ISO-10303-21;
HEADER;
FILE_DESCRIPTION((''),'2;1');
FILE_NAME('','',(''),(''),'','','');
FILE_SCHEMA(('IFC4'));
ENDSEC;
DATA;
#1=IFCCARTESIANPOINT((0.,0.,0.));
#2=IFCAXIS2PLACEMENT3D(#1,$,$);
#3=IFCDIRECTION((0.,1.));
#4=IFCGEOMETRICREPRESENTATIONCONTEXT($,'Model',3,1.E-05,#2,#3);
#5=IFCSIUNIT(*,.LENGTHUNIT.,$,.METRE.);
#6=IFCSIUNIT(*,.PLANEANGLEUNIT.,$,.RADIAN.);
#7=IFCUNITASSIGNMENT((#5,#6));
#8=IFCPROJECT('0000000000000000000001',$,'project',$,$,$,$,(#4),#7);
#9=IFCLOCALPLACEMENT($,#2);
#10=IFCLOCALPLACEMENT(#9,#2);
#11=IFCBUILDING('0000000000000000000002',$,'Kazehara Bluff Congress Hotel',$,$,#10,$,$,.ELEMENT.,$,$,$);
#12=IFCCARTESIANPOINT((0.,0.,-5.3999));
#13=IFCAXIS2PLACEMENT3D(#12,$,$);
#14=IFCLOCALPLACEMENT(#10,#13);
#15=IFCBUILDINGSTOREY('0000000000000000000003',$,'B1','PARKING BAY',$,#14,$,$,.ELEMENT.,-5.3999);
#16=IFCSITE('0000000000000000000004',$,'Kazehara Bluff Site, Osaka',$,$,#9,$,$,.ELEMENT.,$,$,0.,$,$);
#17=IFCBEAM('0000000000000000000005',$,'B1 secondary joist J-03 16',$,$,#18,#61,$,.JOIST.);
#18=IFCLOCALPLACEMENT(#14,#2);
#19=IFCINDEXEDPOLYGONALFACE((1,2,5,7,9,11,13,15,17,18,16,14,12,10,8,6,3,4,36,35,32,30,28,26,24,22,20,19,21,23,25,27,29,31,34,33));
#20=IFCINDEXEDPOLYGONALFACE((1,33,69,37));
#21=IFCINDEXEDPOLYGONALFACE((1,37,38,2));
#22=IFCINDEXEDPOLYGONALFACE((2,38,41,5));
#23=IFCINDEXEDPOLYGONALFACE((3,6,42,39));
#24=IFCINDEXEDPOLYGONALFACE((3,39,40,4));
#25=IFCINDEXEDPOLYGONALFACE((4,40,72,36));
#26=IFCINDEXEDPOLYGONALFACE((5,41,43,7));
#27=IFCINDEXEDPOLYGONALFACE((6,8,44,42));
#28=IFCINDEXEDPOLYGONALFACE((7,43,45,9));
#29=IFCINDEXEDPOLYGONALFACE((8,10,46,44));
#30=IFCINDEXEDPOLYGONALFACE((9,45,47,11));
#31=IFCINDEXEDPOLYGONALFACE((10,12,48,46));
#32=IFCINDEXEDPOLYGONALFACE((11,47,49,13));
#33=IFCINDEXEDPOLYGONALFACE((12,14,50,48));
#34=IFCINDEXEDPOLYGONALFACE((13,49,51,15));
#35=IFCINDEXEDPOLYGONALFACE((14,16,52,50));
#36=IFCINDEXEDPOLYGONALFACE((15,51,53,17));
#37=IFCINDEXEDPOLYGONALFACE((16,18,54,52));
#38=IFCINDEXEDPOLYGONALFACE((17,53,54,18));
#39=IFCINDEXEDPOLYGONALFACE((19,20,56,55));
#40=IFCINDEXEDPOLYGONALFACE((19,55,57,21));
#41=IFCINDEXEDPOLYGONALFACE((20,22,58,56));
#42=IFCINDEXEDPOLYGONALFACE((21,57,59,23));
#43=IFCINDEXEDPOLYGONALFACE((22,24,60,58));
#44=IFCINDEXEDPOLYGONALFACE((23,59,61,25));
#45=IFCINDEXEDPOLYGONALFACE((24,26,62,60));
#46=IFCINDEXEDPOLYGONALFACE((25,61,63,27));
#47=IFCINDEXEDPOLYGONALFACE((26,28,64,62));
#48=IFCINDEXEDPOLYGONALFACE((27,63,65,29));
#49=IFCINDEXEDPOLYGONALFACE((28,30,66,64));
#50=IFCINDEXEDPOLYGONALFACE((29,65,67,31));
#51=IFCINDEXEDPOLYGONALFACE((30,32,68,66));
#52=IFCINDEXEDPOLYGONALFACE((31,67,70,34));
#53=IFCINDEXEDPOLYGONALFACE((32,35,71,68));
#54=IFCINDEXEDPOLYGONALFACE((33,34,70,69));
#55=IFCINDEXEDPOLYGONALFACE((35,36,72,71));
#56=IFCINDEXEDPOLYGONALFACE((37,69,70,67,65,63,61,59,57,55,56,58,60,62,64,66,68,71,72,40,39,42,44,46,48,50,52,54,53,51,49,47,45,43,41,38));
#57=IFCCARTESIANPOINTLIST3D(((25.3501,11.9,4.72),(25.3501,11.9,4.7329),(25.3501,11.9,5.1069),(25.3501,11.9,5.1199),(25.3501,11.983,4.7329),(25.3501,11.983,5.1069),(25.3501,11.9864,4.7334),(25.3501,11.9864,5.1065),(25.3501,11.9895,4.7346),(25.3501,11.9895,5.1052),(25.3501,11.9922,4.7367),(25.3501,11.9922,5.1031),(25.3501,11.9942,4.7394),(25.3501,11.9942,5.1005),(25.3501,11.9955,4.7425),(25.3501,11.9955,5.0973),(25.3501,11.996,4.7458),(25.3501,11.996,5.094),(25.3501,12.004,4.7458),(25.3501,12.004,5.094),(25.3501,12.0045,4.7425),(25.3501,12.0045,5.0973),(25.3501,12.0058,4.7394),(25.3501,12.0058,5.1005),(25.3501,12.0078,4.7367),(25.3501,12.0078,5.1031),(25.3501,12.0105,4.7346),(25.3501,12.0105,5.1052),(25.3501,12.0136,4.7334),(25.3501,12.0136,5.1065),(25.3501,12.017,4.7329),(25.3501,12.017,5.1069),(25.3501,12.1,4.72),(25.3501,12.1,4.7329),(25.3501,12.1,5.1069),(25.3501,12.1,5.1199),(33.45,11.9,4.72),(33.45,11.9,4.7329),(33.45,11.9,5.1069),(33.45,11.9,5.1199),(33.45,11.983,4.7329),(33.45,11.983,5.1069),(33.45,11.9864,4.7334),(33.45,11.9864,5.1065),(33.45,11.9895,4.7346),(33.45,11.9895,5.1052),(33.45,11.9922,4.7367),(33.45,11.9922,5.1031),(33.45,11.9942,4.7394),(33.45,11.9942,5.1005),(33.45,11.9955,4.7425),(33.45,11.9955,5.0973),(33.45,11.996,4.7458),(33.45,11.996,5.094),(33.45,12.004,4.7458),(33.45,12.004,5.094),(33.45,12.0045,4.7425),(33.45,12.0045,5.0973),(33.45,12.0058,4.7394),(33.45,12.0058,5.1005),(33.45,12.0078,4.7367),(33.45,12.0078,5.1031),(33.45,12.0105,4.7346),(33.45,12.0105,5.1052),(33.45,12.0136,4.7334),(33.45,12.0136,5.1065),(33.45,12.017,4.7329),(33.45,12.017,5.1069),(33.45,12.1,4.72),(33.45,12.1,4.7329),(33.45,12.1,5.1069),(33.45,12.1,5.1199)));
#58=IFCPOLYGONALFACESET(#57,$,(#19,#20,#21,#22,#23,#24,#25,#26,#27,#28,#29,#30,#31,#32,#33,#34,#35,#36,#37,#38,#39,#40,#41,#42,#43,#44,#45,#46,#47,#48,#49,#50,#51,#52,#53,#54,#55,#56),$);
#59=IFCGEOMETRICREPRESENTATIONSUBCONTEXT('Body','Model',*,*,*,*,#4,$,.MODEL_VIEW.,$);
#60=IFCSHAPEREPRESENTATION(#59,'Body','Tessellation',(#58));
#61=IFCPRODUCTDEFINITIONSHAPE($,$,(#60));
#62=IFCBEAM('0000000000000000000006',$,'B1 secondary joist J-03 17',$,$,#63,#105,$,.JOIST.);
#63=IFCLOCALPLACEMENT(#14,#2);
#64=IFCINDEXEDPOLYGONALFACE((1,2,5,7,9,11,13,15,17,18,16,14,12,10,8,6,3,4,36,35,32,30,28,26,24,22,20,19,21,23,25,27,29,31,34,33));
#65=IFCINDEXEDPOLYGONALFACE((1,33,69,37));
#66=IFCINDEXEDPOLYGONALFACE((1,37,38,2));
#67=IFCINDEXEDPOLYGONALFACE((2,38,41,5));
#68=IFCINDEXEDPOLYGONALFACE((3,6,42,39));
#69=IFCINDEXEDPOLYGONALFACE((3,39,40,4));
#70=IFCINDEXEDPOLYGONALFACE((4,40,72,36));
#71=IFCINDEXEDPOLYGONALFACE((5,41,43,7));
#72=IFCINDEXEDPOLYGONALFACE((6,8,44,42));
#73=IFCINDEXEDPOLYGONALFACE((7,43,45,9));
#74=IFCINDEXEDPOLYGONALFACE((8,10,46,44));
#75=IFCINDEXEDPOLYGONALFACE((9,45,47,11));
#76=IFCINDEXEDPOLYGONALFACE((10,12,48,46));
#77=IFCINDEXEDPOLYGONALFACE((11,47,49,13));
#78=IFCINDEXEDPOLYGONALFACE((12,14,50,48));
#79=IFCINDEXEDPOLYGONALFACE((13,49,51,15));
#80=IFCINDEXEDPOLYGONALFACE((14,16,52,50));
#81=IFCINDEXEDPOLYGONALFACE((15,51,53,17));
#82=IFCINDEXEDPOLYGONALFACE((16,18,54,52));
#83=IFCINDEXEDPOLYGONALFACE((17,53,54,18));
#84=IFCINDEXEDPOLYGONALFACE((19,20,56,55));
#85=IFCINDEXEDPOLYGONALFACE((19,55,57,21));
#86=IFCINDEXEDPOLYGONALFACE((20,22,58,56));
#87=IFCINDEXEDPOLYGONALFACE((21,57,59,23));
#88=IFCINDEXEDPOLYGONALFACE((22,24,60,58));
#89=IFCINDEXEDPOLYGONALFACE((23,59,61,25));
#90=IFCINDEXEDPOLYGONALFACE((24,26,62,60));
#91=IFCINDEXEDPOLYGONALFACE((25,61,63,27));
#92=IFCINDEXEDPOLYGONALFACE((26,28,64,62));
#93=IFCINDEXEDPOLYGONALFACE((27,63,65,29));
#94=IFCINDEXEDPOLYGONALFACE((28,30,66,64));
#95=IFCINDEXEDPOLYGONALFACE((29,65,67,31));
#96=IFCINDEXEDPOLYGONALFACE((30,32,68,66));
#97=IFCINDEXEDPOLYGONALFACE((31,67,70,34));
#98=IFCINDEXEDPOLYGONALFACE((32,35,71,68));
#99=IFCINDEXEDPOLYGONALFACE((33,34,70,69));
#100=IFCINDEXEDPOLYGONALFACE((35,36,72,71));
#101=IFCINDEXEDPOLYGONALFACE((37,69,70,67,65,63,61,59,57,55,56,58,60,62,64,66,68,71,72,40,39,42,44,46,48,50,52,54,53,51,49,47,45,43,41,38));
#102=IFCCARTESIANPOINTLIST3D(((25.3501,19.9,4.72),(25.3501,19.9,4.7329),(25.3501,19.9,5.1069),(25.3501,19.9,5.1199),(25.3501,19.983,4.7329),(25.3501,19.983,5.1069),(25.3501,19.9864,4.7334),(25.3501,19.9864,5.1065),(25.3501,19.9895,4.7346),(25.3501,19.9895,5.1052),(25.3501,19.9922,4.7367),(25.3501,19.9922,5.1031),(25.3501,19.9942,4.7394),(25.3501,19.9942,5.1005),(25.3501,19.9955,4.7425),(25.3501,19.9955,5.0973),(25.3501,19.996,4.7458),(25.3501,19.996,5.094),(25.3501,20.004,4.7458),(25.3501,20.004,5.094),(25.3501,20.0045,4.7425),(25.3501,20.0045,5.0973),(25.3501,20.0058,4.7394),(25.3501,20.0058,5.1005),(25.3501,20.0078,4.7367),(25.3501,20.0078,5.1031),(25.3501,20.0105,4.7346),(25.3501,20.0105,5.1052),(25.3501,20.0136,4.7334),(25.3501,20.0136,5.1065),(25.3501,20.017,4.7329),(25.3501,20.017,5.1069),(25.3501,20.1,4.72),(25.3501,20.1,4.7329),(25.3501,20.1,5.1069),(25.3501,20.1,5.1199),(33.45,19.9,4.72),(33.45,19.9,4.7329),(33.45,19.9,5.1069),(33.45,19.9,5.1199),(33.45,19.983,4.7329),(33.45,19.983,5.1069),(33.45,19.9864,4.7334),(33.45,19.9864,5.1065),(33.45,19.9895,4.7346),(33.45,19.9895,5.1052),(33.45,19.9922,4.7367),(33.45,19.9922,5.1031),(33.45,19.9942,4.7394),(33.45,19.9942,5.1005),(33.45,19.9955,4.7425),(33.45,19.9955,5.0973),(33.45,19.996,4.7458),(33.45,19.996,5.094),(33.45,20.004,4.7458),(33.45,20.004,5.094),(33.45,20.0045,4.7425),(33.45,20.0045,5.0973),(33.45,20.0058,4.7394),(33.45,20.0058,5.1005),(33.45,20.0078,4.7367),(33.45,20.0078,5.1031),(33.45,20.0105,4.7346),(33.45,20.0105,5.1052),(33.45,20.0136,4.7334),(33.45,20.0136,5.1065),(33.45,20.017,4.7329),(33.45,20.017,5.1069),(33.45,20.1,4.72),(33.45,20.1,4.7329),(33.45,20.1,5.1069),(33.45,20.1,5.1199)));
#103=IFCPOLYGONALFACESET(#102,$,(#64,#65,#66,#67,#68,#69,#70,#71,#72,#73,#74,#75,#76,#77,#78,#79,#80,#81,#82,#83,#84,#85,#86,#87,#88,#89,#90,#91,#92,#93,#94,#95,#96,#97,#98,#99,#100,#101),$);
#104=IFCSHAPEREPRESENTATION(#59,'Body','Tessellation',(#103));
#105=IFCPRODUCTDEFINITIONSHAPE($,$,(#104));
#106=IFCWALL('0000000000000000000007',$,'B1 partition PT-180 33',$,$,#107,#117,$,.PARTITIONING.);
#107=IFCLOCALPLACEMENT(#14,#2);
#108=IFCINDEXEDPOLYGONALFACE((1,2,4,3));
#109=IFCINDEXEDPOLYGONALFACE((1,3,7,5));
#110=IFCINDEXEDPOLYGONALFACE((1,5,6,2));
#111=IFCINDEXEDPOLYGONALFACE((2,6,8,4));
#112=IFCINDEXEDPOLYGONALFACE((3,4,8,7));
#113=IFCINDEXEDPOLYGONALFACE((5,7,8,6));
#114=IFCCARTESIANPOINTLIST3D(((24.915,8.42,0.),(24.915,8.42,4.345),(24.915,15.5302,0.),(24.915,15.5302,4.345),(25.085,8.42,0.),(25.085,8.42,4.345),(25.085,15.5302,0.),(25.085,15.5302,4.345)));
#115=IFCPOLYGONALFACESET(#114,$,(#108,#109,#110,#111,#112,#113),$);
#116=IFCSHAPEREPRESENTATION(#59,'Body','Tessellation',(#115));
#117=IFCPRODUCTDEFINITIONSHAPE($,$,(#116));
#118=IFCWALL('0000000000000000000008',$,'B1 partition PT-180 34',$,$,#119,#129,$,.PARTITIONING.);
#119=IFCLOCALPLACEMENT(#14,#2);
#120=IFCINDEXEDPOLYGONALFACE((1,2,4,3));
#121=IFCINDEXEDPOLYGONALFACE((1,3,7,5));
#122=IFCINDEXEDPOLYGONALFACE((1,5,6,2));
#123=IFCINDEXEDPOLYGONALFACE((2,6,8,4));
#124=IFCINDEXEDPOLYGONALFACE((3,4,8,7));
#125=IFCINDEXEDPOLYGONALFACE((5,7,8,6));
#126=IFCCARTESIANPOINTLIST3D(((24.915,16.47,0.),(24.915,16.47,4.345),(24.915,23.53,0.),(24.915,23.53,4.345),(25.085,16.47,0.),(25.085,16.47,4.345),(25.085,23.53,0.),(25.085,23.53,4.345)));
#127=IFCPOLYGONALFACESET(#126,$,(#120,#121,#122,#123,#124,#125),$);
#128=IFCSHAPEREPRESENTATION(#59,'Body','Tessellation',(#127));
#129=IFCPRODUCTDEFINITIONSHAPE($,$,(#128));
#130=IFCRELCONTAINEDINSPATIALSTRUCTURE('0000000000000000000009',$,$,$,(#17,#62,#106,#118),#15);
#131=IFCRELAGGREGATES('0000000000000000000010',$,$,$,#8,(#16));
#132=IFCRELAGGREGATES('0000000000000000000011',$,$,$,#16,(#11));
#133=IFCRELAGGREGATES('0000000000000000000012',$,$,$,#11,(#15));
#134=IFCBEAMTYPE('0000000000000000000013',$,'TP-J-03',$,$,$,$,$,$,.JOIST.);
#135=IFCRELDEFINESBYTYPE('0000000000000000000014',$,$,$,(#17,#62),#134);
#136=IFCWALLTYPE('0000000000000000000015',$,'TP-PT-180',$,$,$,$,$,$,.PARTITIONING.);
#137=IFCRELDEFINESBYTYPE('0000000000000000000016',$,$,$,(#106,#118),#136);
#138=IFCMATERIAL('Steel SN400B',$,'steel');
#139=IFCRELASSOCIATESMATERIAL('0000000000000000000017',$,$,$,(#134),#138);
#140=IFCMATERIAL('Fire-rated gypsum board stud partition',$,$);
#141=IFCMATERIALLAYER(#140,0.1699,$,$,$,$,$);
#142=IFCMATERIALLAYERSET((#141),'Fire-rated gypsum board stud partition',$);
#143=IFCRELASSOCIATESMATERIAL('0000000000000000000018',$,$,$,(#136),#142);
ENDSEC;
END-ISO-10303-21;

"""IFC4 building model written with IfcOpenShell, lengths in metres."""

from ifc_helpers import new_model, si_unit, direction, frame, frame_2d, origin, origin_2d, place, context, subcontext, project, spatial, rectangle, i_section, extrude, material, layer, layer_set, material_profile, profile_set, type_object, element, save


model = new_model("IFC4")

# Units and contexts
model_context = context("Model", 3, precision=1e-05, world=origin(), true_north=direction((0.0, 1.0)))
body_context = subcontext(model_context, "Body", "Model", "MODEL_VIEW")
ifc_project = project(units=[si_unit("LENGTHUNIT", "METRE"), si_unit("PLANEANGLEUNIT", "RADIAN")], contexts=[model_context])

# Site, building, storey
site_placement = place(None, origin())
site = spatial("IfcSite", under=ifc_project, at=site_placement, Name="Kazehara Bluff Site, Osaka", CompositionType="ELEMENT", RefElevation=0.0)
building_placement = place(site_placement, origin())
building = spatial("IfcBuilding", under=site, at=building_placement, Name="Kazehara Bluff Congress Hotel", CompositionType="ELEMENT")
storey_placement = place(building_placement, frame((0.0, 0.0, -5.3999)))
storey = spatial("IfcBuildingStorey", under=building, at=storey_placement, Name="B1", Description="PARKING BAY", CompositionType="ELEMENT", Elevation=-5.3999)

# Beams
ifc_material_1 = material(Name="Steel SN400B", Category="steel")
ifc_material_profile_1 = material_profile(ifc_material_1, i_section(OverallWidth=0.2, OverallDepth=0.3999, WebThickness=0.0081, FlangeThickness=0.0129, FilletRadius=0.0129, at=origin_2d()))
ifc_profile_set_1 = profile_set([ifc_material_profile_1], Name="Steel SN400B")
beam_type_1 = type_object("IfcBeamType", Name="TP-J-03", PredefinedType="JOIST", material=ifc_profile_set_1)
for number, where, z_axis, x_axis, name in (
    (1, (25.3501, 12.0, 4.9199), (1.0, 0.0, 0.0), (0.0, 1.0, 0.0), "B1 secondary joist J-03 16"),
    (2, (25.3501, 20.0, 4.9199), (1.0, 0.0, 0.0), (0.0, 1.0, 0.0), "B1 secondary joist J-03 17"),
):
    element("IfcBeam", number, at=place(storey_placement, frame(where, z_axis=z_axis, x_axis=x_axis)), inside=storey, type_object=beam_type_1, Name=name, PredefinedType="JOIST", context=body_context, shape_type="SweptSolid", body=[
        extrude(i_section(OverallWidth=0.2, OverallDepth=0.3999, WebThickness=0.0081, FlangeThickness=0.0129, FilletRadius=0.0129, at=origin_2d()), origin(), (0.0, 0.0, 1.0), 8.0999),
    ])

# Walls
ifc_material_2 = material(Name="Fire-rated gypsum board stud partition")
ifc_layer_1 = layer(ifc_material_2, 0.1699)
ifc_layer_set_1 = layer_set([ifc_layer_1], Name="Fire-rated gypsum board stud partition")
wall_type = type_object("IfcWallType", Name="TP-PT-180", PredefinedType="PARTITIONING", material=ifc_layer_set_1)
wall_1_placement = place(storey_placement, frame((25.0, 8.4199, 0.0), z_axis=(0.0, 0.0, 1.0), x_axis=(0.0, 1.0, 0.0)))
element("IfcWall", 3, at=wall_1_placement, inside=storey, type_object=wall_type, Name="B1 partition PT-180 33", PredefinedType="PARTITIONING", context=body_context, shape_type="SweptSolid", body=[
    extrude(rectangle(XDim=7.1101, YDim=0.1699, at=frame_2d((3.5552, 0.0))), origin(), (0.0, 0.0, 1.0), 4.345),
])
wall_2_placement = place(storey_placement, frame((25.0, 16.47, 0.0), z_axis=(0.0, 0.0, 1.0), x_axis=(0.0, 1.0, 0.0)))
element("IfcWall", 4, at=wall_2_placement, inside=storey, type_object=wall_type, Name="B1 partition PT-180 34", PredefinedType="PARTITIONING", context=body_context, shape_type="SweptSolid", body=[
    extrude(rectangle(XDim=7.0601, YDim=0.1699, at=frame_2d((3.53, 0.0))), origin(), (0.0, 0.0, 1.0), 4.345),
])

save(model, "model.ifc")
